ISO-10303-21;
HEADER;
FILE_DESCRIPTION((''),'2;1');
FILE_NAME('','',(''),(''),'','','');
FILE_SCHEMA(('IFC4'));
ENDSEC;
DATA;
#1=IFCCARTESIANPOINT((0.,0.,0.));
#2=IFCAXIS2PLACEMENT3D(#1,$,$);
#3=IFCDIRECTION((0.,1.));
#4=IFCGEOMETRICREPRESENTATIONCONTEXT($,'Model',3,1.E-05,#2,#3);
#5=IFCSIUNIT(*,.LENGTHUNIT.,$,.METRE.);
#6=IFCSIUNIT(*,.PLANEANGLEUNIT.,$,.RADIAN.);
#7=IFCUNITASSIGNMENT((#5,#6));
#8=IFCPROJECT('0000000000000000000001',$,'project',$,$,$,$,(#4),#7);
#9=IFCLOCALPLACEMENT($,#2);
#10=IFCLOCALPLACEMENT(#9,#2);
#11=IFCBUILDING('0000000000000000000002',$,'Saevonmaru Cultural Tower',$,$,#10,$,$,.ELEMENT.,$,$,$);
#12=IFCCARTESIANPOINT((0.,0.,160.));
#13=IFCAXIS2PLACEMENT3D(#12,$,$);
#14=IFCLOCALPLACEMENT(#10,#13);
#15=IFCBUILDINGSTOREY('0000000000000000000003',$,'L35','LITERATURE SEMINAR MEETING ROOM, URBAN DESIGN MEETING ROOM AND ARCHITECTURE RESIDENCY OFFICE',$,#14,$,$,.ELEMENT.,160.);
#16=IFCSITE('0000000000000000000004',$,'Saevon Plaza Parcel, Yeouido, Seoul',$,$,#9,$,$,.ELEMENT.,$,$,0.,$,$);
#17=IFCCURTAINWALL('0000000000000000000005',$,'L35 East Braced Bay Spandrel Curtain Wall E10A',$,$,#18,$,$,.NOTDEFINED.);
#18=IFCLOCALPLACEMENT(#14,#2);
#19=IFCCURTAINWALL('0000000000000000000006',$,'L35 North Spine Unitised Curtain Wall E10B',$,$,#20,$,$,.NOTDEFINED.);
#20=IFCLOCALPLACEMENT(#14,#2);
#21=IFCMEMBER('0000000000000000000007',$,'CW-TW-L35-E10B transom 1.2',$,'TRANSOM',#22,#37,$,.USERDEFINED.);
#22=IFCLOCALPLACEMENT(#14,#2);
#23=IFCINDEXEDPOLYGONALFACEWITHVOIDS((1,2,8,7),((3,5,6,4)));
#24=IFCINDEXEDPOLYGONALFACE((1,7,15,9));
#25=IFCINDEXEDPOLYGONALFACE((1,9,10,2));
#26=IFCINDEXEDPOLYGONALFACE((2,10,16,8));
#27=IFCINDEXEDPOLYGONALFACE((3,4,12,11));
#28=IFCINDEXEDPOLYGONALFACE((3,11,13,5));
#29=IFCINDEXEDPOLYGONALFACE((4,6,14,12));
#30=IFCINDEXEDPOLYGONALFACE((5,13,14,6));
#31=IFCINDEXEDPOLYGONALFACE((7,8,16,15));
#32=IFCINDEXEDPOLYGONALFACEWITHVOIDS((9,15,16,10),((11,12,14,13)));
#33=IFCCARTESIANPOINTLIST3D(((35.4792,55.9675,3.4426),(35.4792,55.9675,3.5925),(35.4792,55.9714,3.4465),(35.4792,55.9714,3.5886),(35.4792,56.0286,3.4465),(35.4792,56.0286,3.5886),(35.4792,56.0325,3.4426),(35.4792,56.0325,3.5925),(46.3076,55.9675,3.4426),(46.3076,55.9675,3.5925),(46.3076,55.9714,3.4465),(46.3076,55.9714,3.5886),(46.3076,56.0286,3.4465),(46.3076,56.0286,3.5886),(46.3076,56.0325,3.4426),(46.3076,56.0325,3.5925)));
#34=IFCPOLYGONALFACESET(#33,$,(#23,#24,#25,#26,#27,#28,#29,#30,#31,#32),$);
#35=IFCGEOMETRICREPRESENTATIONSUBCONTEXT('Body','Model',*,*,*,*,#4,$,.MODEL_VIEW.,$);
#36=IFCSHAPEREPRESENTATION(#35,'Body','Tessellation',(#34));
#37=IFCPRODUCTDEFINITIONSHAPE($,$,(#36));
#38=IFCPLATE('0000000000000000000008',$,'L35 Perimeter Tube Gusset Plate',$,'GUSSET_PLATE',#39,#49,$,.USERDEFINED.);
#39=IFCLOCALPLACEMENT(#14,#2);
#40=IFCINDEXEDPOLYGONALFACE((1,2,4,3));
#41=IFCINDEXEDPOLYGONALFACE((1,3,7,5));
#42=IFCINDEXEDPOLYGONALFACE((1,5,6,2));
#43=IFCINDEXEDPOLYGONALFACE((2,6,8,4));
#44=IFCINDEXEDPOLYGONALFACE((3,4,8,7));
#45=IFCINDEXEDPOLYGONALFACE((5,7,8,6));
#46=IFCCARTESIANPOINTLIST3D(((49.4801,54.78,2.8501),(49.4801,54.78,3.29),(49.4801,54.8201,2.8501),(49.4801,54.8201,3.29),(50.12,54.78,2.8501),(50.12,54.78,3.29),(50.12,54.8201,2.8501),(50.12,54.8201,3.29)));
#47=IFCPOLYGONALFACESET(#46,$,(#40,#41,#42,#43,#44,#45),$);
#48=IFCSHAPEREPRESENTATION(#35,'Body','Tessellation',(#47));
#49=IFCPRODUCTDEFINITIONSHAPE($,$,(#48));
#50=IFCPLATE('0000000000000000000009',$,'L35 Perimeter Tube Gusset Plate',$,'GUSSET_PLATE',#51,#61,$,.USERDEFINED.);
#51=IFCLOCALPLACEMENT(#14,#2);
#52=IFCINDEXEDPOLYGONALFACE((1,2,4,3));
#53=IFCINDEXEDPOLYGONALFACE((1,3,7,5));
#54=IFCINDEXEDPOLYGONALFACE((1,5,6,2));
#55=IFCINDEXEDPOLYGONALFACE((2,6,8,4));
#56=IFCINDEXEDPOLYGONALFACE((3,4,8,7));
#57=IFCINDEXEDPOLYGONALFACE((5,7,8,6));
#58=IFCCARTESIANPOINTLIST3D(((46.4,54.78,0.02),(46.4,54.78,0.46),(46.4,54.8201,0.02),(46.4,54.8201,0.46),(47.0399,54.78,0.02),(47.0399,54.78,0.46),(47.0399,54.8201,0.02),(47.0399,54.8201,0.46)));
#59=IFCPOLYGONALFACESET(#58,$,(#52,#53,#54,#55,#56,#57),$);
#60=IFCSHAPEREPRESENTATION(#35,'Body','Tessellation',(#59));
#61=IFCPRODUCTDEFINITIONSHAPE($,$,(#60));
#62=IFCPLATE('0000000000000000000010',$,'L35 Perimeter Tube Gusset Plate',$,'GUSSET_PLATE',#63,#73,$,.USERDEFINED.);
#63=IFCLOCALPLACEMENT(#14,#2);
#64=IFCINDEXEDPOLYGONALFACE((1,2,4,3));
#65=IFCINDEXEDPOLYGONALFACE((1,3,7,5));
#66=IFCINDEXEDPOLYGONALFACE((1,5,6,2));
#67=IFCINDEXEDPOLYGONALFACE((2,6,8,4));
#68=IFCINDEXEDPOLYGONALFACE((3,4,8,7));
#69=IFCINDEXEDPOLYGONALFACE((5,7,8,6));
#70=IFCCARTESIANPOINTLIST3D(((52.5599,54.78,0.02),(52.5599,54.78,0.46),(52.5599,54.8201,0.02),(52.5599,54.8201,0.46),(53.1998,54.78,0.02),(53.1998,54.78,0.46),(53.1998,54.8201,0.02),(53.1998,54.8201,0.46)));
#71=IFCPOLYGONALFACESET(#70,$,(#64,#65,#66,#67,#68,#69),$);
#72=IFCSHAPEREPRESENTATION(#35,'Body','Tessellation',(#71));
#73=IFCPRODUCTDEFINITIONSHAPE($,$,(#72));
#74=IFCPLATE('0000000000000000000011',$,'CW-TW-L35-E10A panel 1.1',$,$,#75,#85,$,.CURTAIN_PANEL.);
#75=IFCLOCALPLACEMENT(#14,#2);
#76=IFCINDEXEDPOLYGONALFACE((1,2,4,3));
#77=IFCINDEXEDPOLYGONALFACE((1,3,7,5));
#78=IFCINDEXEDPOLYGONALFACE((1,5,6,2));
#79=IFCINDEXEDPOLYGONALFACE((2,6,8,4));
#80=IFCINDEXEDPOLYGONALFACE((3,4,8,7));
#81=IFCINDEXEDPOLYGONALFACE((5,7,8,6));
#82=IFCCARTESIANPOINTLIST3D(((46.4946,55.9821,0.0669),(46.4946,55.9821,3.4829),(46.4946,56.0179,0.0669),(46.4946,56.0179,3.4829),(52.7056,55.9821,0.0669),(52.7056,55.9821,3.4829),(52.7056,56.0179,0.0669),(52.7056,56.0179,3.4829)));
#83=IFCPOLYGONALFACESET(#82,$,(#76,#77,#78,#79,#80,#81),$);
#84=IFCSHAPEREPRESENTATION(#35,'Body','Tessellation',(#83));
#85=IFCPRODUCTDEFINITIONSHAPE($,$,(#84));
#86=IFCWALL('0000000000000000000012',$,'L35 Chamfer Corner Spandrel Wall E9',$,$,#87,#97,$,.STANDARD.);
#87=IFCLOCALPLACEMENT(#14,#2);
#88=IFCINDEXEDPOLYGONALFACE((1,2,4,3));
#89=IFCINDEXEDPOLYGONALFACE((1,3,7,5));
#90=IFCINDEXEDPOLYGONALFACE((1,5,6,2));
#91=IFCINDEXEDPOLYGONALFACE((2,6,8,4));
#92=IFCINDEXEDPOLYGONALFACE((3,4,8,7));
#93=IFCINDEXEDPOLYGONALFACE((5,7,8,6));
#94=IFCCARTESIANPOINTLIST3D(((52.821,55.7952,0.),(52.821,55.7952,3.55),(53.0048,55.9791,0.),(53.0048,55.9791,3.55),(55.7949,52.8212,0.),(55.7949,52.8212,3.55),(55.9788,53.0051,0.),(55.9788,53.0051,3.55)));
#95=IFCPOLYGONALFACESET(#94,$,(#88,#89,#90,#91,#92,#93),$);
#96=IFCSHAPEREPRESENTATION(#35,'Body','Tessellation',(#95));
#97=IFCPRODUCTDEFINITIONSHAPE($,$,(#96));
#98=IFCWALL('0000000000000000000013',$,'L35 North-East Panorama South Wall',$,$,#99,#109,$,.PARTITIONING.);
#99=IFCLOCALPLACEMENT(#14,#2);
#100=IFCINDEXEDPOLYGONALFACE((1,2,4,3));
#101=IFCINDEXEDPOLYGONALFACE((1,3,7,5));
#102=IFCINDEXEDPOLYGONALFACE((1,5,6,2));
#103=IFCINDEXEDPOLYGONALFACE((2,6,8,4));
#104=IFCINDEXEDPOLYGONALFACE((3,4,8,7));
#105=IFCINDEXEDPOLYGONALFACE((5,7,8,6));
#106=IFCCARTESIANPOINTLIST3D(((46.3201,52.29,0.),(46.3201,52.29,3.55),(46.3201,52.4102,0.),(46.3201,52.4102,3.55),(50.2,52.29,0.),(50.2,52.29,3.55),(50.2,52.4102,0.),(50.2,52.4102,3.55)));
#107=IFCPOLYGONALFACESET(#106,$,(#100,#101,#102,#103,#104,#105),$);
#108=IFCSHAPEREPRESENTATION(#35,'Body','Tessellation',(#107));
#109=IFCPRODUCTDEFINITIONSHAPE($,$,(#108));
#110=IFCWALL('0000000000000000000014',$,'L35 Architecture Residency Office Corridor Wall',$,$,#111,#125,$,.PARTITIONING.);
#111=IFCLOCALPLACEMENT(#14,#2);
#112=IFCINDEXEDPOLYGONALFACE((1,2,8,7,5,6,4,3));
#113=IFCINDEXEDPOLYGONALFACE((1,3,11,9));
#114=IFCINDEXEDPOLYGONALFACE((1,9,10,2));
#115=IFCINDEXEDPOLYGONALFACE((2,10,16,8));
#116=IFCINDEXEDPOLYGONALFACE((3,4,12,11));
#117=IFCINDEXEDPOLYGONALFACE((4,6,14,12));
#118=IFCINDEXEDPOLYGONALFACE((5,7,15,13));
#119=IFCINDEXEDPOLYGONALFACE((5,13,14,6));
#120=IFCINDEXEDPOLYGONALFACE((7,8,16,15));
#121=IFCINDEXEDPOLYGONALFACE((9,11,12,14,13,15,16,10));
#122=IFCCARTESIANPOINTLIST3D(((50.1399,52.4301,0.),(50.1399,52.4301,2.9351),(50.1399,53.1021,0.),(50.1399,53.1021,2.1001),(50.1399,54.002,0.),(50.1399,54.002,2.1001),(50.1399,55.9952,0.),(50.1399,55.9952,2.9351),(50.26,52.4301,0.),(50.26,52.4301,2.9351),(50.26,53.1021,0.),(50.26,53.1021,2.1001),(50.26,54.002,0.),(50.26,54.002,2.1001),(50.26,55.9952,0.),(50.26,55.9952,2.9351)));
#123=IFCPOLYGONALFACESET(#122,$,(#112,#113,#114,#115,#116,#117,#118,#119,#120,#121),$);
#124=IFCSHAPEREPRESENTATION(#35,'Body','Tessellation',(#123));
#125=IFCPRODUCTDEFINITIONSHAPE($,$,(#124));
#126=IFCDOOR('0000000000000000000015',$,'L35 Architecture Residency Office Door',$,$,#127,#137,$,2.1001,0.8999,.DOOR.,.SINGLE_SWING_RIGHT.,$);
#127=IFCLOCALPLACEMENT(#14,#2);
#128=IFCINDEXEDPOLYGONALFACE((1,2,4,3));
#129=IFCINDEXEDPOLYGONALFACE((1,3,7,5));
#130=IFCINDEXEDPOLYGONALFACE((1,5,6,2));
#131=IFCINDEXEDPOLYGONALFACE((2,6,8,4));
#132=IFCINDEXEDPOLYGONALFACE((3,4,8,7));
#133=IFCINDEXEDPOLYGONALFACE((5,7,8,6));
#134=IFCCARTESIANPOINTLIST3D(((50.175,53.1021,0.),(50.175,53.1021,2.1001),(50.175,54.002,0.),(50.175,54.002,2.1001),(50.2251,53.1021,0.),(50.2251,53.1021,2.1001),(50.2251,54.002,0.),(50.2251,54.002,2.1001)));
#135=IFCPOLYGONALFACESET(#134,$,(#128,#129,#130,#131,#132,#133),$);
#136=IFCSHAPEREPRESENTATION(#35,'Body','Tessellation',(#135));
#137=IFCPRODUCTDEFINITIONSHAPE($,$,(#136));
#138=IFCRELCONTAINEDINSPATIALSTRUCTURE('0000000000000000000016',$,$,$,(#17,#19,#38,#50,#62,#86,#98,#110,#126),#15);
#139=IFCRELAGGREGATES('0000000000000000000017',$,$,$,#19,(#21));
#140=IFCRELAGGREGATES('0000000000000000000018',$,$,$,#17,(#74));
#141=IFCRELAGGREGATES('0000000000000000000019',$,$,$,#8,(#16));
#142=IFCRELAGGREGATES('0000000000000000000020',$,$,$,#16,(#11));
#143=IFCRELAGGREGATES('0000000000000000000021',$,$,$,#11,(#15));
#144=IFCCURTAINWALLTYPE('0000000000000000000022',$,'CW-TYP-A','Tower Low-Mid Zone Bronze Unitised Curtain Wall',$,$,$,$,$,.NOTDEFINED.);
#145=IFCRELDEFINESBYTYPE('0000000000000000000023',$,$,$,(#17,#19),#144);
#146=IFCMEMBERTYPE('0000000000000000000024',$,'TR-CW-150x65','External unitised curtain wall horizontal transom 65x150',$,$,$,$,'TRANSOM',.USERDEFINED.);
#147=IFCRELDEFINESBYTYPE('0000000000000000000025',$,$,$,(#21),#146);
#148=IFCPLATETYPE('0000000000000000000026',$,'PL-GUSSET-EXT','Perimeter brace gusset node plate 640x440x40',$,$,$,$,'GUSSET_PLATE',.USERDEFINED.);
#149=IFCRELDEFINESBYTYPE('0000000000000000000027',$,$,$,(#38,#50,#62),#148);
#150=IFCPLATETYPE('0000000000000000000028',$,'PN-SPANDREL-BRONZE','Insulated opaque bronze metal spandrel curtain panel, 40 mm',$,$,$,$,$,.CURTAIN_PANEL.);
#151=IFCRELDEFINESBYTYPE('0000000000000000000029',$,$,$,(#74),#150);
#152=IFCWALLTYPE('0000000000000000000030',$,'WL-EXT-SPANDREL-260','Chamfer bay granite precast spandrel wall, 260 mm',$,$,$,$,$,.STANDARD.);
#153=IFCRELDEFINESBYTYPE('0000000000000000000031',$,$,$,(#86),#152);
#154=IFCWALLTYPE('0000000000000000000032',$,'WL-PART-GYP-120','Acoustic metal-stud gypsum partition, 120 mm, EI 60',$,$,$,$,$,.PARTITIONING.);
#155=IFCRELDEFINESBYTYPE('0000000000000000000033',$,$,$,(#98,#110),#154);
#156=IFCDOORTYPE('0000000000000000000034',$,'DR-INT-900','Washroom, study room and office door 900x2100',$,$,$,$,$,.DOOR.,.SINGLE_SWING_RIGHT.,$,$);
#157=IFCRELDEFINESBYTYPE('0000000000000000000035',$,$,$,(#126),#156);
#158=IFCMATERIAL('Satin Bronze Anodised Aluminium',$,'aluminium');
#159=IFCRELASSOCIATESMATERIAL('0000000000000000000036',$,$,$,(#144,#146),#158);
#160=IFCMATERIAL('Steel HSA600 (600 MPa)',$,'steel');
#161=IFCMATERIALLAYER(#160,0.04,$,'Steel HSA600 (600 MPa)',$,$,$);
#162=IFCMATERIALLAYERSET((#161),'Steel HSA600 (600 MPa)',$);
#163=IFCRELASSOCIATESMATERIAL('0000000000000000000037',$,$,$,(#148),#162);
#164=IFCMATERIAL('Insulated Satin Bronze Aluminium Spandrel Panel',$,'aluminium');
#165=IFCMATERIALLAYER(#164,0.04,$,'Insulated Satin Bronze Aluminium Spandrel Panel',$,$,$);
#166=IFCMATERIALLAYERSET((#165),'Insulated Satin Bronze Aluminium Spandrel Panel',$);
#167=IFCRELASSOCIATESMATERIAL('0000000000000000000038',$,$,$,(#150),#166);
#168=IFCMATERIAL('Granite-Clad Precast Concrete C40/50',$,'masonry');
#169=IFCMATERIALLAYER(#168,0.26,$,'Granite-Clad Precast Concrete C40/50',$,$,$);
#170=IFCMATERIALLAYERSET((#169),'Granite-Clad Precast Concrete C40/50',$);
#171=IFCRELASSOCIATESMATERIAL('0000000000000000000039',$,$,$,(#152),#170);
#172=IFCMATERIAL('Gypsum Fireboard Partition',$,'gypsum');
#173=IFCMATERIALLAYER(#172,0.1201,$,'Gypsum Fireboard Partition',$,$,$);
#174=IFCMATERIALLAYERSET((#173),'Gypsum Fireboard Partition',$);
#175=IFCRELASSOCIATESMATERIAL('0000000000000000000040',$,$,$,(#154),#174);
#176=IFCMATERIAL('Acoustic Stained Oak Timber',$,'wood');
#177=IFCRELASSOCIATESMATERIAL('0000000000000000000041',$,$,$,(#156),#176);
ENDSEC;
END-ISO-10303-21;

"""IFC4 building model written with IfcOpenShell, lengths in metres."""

from ifc_helpers import new_model, si_unit, direction, frame, frame_2d, origin, origin_2d, place, context, subcontext, project, spatial, rectangle, hollow_rectangle, extrude, material, layer, layer_set, material_profile, profile_set, type_object, element, fill, aggregate, save


model = new_model("IFC4")

# Units and contexts
model_context = context("Model", 3, precision=1e-05, world=origin(), true_north=direction((0.0, 1.0)))
body_context = subcontext(model_context, "Body", "Model", "MODEL_VIEW")
ifc_project = project(units=[si_unit("LENGTHUNIT", "METRE"), si_unit("PLANEANGLEUNIT", "RADIAN")], contexts=[model_context])

# Site, building, storey
site_placement = place(None, origin())
site = spatial("IfcSite", under=ifc_project, at=site_placement, Name="Saevon Plaza Parcel, Yeouido, Seoul", CompositionType="ELEMENT", RefElevation=0.0)
building_placement = place(site_placement, origin())
building = spatial("IfcBuilding", under=site, at=building_placement, Name="Saevonmaru Cultural Tower", CompositionType="ELEMENT")
storey_placement = place(building_placement, frame((0.0, 0.0, 160.0)))
storey = spatial("IfcBuildingStorey", under=building, at=storey_placement, Name="L35", Description="LITERATURE SEMINAR MEETING ROOM, URBAN DESIGN MEETING ROOM AND ARCHITECTURE RESIDENCY OFFICE", CompositionType="ELEMENT", Elevation=160.0)

# Shared definitions
ifc_material_1 = material(Name="Satin Bronze Anodised Aluminium", Category="aluminium")
curtain_wall_type = type_object("IfcCurtainWallType", Name="CW-TYP-A", Description="Tower Low-Mid Zone Bronze Unitised Curtain Wall", PredefinedType="NOTDEFINED", material=ifc_material_1)

# Curtain wall
curtain_wall_1_placement = place(storey_placement, origin())
curtain_wall_1 = element("IfcCurtainWall", 1, at=curtain_wall_1_placement, inside=storey, type_object=curtain_wall_type, Name="L35 East Braced Bay Spandrel Curtain Wall E10A", PredefinedType="NOTDEFINED")

# Curtain wall
curtain_wall_2_placement = place(storey_placement, origin())
curtain_wall_2 = element("IfcCurtainWall", 2, at=curtain_wall_2_placement, inside=storey, type_object=curtain_wall_type, Name="L35 North Spine Unitised Curtain Wall E10B", PredefinedType="NOTDEFINED")

# Member
ifc_material_profile_1 = material_profile(ifc_material_1, hollow_rectangle(XDim=0.0649, YDim=0.1499, WallThickness=0.0039, at=origin_2d()), Name="ALU-TRAN-150x65x4")
ifc_profile_set_1 = profile_set([ifc_material_profile_1], Name="Satin Bronze Anodised Aluminium")
member_type_1 = type_object("IfcMemberType", Name="TR-CW-150x65", Description="External unitised curtain wall horizontal transom 65x150", ElementType="TRANSOM", PredefinedType="USERDEFINED", material=ifc_profile_set_1)
member_1_placement = place(storey_placement, frame((46.3076, 56.0, 3.5176), z_axis=(-1.0, 0.0, 0.0), x_axis=(0.0, -1.0, 0.0)))
member_1 = element("IfcMember", 3, at=member_1_placement, type_object=member_type_1, Name="CW-TW-L35-E10B transom 1.2", ObjectType="TRANSOM", PredefinedType="USERDEFINED", context=body_context, shape_type="SweptSolid", body=[
    extrude(hollow_rectangle(XDim=0.0649, YDim=0.1499, WallThickness=0.0039, at=origin_2d()), origin(), (0.0, 0.0, 1.0), 10.8284),
])
aggregate(curtain_wall_2, [member_1])

# Plates
ifc_material_2 = material(Name="Steel HSA600 (600 MPa)", Category="steel")
ifc_layer_1 = layer(ifc_material_2, 0.04, Name="Steel HSA600 (600 MPa)")
ifc_layer_set_1 = layer_set([ifc_layer_1], Name="Steel HSA600 (600 MPa)")
plate_type_1 = type_object("IfcPlateType", Name="PL-GUSSET-EXT", Description="Perimeter brace gusset node plate 640x440x40", ElementType="GUSSET_PLATE", PredefinedType="USERDEFINED", material=ifc_layer_set_1)
for number, where, z_axis, x_axis, name in (
    (4, (49.8, 54.8, 2.8501), (0.0, 0.0, 1.0), (1.0, 0.0, 0.0), "L35 Perimeter Tube Gusset Plate"),
    (5, (46.72, 54.8, 0.02), (0.0, 0.0, 1.0), (1.0, 0.0, 0.0), "L35 Perimeter Tube Gusset Plate"),
    (6, (52.8799, 54.8, 0.02), (0.0, 0.0, 1.0), (1.0, 0.0, 0.0), "L35 Perimeter Tube Gusset Plate"),
):
    element("IfcPlate", number, at=place(storey_placement, frame(where, z_axis=z_axis, x_axis=x_axis)), inside=storey, type_object=plate_type_1, Name=name, ObjectType="GUSSET_PLATE", PredefinedType="USERDEFINED", context=body_context, shape_type="SweptSolid", body=[
        extrude(rectangle(XDim=0.6399, YDim=0.04, at=origin_2d()), origin(), (0.0, 0.0, 1.0), 0.4399),
    ])

# Plate
ifc_material_3 = material(Name="Insulated Satin Bronze Aluminium Spandrel Panel", Category="aluminium")
ifc_layer_2 = layer(ifc_material_3, 0.04, Name="Insulated Satin Bronze Aluminium Spandrel Panel")
ifc_layer_set_2 = layer_set([ifc_layer_2], Name="Insulated Satin Bronze Aluminium Spandrel Panel")
plate_type_2 = type_object("IfcPlateType", Name="PN-SPANDREL-BRONZE", Description="Insulated opaque bronze metal spandrel curtain panel, 40 mm", PredefinedType="CURTAIN_PANEL", material=ifc_layer_set_2)
plate_placement = place(storey_placement, frame((49.6001, 56.0, 0.0669), z_axis=(0.0, 0.0, 1.0), x_axis=(-1.0, 0.0, 0.0)))
plate = element("IfcPlate", 7, at=plate_placement, type_object=plate_type_2, Name="CW-TW-L35-E10A panel 1.1", PredefinedType="CURTAIN_PANEL", context=body_context, shape_type="SweptSolid", body=[
    extrude(rectangle(XDim=6.2109, YDim=0.0359, at=origin_2d()), origin(), (0.0, 0.0, 1.0), 3.416),
])
aggregate(curtain_wall_1, [plate])

# Walls
ifc_material_4 = material(Name="Granite-Clad Precast Concrete C40/50", Category="masonry")
ifc_layer_3 = layer(ifc_material_4, 0.26, Name="Granite-Clad Precast Concrete C40/50")
ifc_layer_set_3 = layer_set([ifc_layer_3], Name="Granite-Clad Precast Concrete C40/50")
wall_type_1 = type_object("IfcWallType", Name="WL-EXT-SPANDREL-260", Description="Chamfer bay granite precast spandrel wall, 260 mm", PredefinedType="STANDARD", material=ifc_layer_set_3)
wall_1_placement = place(storey_placement, frame((55.887, 52.9131, 0.0), z_axis=(0.0, 0.0, 1.0), x_axis=(-0.707107, 0.707107, 0.0)))
element("IfcWall", 8, at=wall_1_placement, inside=storey, type_object=wall_type_1, Name="L35 Chamfer Corner Spandrel Wall E9", PredefinedType="STANDARD", context=body_context, shape_type="SweptSolid", body=[
    extrude(rectangle(XDim=4.2058, YDim=0.26, at=frame_2d((2.103, 0.0))), origin(), (0.0, 0.0, 1.0), 3.55),
])
ifc_material_5 = material(Name="Gypsum Fireboard Partition", Category="gypsum")
ifc_layer_4 = layer(ifc_material_5, 0.1201, Name="Gypsum Fireboard Partition")
ifc_layer_set_4 = layer_set([ifc_layer_4], Name="Gypsum Fireboard Partition")
wall_type_2 = type_object("IfcWallType", Name="WL-PART-GYP-120", Description="Acoustic metal-stud gypsum partition, 120 mm, EI 60", PredefinedType="PARTITIONING", material=ifc_layer_set_4)
wall_2_placement = place(storey_placement, frame((46.3201, 52.3501, 0.0), z_axis=(0.0, 0.0, 1.0), x_axis=(1.0, 0.0, 0.0)))
element("IfcWall", 9, at=wall_2_placement, inside=storey, type_object=wall_type_2, Name="L35 North-East Panorama South Wall", PredefinedType="PARTITIONING", context=body_context, shape_type="SweptSolid", body=[
    extrude(rectangle(XDim=3.8799, YDim=0.1201, at=frame_2d((1.9399, 0.0))), origin(), (0.0, 0.0, 1.0), 3.55),
])

# Wall, opening, door
wall_3_placement = place(storey_placement, frame((50.2, 52.4299, 0.0), z_axis=(0.0, 0.0, 1.0), x_axis=(0.0, 1.0, 0.0)))
wall_3 = element("IfcWall", 10, at=wall_3_placement, inside=storey, type_object=wall_type_2, Name="L35 Architecture Residency Office Corridor Wall", PredefinedType="PARTITIONING", context=body_context, shape_type="SweptSolid", body=[
    extrude(rectangle(XDim=3.5652, YDim=0.1201, at=frame_2d((1.7827, 0.0))), origin(), (0.0, 0.0, 1.0), 2.9351),
])
opening_placement = place(wall_3_placement, frame((0.6721, 0.0, 0.0)))
opening = element("IfcOpeningElement", 11, at=opening_placement, cuts=wall_3, PredefinedType="OPENING", context=body_context, shape_type="SweptSolid", body=[
    extrude(rectangle(XDim=0.8999, YDim=2.1001, at=frame_2d((0.45, 1.05))), frame((0.0, 0.0701, 0.0), z_axis=(0.0, -1.0, 0.0), x_axis=(1.0, 0.0, 0.0)), (0.0, 0.0, 1.0), 0.1401),
])
ifc_material_6 = material(Name="Acoustic Stained Oak Timber", Category="wood")
door_type = type_object("IfcDoorType", Name="DR-INT-900", Description="Washroom, study room and office door 900x2100", OperationType="SINGLE_SWING_RIGHT", PredefinedType="DOOR", material=ifc_material_6)
door_placement = place(opening_placement, origin())
door = element("IfcDoor", 12, at=door_placement, inside=storey, type_object=door_type, Name="L35 Architecture Residency Office Door", OperationType="SINGLE_SWING_RIGHT", OverallHeight=2.1001, OverallWidth=0.8999, PredefinedType="DOOR", context=body_context, shape_type="SweptSolid", body=[
    extrude(rectangle(XDim=0.8999, YDim=2.1001, at=frame_2d((0.45, 1.05))), frame((0.0, 0.0249, 0.0), z_axis=(0.0, -1.0, 0.0), x_axis=(1.0, 0.0, 0.0)), (0.0, 0.0, 1.0), 0.05),
])
fill(opening, door)

save(model, "model.ifc")
